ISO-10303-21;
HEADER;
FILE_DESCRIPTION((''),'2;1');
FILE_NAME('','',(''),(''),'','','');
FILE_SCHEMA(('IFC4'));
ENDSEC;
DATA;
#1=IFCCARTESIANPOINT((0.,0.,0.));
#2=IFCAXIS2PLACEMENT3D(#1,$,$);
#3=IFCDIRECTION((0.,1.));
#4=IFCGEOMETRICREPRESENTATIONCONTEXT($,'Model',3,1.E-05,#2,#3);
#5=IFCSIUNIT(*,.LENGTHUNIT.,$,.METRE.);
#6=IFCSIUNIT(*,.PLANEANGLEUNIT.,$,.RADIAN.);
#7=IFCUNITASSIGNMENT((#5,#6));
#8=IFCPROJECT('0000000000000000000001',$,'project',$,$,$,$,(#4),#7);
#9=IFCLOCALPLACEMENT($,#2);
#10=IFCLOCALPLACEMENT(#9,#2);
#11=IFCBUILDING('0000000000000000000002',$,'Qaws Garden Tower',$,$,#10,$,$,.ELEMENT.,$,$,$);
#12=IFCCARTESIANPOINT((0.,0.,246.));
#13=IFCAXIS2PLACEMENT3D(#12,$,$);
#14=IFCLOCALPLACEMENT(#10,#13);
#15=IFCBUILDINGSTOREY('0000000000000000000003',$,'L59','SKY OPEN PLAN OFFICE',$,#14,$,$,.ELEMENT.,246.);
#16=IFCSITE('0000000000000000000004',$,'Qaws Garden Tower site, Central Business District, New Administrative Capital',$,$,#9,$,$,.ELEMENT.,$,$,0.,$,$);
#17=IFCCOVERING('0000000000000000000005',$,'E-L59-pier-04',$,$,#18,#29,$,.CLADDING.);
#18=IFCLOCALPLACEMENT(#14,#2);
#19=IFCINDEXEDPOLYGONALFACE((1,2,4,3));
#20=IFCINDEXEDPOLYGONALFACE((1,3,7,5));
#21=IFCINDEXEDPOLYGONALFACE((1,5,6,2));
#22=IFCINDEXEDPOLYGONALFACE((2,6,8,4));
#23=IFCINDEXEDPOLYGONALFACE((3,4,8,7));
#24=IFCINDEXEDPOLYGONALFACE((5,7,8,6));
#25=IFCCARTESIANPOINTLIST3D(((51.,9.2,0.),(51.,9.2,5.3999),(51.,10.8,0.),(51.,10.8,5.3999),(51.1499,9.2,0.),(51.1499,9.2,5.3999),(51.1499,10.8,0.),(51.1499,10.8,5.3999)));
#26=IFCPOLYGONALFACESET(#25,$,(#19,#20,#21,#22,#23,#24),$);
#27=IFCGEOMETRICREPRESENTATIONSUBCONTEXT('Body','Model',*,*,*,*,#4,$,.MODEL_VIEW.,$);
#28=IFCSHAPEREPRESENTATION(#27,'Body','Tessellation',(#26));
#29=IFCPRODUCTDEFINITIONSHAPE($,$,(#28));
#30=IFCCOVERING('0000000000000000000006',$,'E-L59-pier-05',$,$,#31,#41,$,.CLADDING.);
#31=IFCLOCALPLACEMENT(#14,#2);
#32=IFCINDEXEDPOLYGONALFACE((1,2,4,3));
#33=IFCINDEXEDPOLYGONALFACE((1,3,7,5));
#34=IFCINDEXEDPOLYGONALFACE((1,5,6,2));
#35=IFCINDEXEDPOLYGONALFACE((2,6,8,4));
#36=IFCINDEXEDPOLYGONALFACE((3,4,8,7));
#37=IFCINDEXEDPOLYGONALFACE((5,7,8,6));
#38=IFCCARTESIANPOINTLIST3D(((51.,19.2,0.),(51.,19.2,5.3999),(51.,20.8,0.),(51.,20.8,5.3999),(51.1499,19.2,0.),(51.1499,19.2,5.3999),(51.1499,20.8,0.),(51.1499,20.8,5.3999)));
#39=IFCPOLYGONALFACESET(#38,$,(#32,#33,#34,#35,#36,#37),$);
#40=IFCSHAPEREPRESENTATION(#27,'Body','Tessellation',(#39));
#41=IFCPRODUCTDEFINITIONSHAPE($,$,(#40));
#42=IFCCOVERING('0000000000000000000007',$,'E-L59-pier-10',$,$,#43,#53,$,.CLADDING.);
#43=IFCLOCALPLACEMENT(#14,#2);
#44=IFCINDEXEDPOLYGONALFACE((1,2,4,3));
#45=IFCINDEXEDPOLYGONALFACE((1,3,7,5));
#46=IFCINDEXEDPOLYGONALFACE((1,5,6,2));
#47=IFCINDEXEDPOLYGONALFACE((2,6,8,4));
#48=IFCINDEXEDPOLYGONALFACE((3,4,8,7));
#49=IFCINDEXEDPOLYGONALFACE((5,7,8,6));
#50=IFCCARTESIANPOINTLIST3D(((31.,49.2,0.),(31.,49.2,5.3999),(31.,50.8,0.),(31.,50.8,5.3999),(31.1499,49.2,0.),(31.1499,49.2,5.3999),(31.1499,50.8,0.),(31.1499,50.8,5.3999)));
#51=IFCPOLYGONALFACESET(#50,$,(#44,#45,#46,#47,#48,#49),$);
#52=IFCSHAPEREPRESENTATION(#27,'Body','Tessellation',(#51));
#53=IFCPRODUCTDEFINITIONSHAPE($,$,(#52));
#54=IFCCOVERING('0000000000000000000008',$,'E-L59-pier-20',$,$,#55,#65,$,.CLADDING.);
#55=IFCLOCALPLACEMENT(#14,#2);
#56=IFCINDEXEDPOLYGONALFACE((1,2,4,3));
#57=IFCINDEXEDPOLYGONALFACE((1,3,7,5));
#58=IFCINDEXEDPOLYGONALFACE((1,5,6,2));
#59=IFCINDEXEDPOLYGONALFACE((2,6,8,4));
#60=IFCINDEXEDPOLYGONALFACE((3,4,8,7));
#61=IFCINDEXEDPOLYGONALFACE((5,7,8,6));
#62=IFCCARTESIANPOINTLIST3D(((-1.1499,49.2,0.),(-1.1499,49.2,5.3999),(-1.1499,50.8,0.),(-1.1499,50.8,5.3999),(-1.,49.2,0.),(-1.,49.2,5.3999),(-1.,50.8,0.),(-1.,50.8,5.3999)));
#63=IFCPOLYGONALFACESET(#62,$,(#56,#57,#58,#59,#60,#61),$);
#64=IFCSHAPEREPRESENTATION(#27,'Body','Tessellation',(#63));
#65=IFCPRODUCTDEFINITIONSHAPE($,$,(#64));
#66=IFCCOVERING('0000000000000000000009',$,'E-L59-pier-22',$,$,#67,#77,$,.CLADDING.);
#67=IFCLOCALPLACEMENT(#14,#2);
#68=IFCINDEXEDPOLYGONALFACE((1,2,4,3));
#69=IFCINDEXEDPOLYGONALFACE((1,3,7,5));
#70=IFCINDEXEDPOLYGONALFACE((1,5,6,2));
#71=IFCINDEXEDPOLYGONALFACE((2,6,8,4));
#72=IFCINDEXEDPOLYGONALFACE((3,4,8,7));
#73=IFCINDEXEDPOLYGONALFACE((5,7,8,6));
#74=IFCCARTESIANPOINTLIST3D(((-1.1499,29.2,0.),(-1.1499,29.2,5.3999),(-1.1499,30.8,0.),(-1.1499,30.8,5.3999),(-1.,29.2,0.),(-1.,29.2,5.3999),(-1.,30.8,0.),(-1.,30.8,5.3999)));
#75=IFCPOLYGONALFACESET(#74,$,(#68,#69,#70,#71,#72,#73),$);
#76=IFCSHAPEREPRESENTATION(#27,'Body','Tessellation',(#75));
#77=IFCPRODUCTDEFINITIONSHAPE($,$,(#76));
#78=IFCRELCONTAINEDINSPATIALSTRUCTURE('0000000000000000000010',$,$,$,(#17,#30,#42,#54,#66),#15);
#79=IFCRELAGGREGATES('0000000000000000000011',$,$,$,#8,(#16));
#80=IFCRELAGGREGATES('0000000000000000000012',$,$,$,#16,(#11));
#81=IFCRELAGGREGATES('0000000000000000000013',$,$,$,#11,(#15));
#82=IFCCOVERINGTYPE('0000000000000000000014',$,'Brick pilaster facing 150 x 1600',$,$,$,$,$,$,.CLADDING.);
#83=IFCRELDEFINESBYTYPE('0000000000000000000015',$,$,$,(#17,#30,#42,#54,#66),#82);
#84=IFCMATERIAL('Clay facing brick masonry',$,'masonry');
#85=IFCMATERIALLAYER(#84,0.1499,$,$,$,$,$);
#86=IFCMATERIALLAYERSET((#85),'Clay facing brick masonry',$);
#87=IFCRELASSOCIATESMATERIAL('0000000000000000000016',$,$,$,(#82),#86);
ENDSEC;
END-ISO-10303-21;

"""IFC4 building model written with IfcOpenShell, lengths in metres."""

from ifc_helpers import new_model, si_unit, direction, frame, origin, place, context, subcontext, project, spatial, polyline, outline, extrude, material, layer, layer_set, type_object, element, save


model = new_model("IFC4")

# Units and contexts
model_context = context("Model", 3, precision=1e-05, world=origin(), true_north=direction((0.0, 1.0)))
body_context = subcontext(model_context, "Body", "Model", "MODEL_VIEW")
ifc_project = project(units=[si_unit("LENGTHUNIT", "METRE"), si_unit("PLANEANGLEUNIT", "RADIAN")], contexts=[model_context])

# Site, building, storey
site_placement = place(None, origin())
site = spatial("IfcSite", under=ifc_project, at=site_placement, Name="Qaws Garden Tower site, Central Business District, New Administrative Capital", CompositionType="ELEMENT", RefElevation=0.0)
building_placement = place(site_placement, origin())
building = spatial("IfcBuilding", under=site, at=building_placement, Name="Qaws Garden Tower", CompositionType="ELEMENT")
storey_placement = place(building_placement, frame((0.0, 0.0, 246.0)))
storey = spatial("IfcBuildingStorey", under=building, at=storey_placement, Name="L59", Description="SKY OPEN PLAN OFFICE", CompositionType="ELEMENT", Elevation=246.0)

# Shared definitions
placement_1 = place(storey_placement, origin())

# Coverings
ifc_material_1 = material(Name="Clay facing brick masonry", Category="masonry")
ifc_layer_1 = layer(ifc_material_1, 0.1499)
ifc_layer_set_1 = layer_set([ifc_layer_1], Name="Clay facing brick masonry")
covering_type = type_object("IfcCoveringType", Name="Brick pilaster facing 150 x 1600", PredefinedType="CLADDING", material=ifc_layer_set_1)
element("IfcCovering", 1, at=placement_1, inside=storey, type_object=covering_type, Name="E-L59-pier-04", PredefinedType="CLADDING", context=body_context, shape_type="SweptSolid", body=[
    extrude(outline(polyline([(51.0, 9.2), (51.0, 10.8), (51.1499, 10.8), (51.1499, 9.2), (51.0, 9.2)])), origin(), (0.0, 0.0, 1.0), 5.3999),
])
element("IfcCovering", 2, at=placement_1, inside=storey, type_object=covering_type, Name="E-L59-pier-05", PredefinedType="CLADDING", context=body_context, shape_type="SweptSolid", body=[
    extrude(outline(polyline([(51.0, 19.2), (51.0, 20.8), (51.1499, 20.8), (51.1499, 19.2), (51.0, 19.2)])), origin(), (0.0, 0.0, 1.0), 5.3999),
])
element("IfcCovering", 3, at=placement_1, inside=storey, type_object=covering_type, Name="E-L59-pier-10", PredefinedType="CLADDING", context=body_context, shape_type="SweptSolid", body=[
    extrude(outline(polyline([(31.0, 49.2), (31.0, 50.8), (31.1499, 50.8), (31.1499, 49.2), (31.0, 49.2)])), origin(), (0.0, 0.0, 1.0), 5.3999),
])
element("IfcCovering", 4, at=placement_1, inside=storey, type_object=covering_type, Name="E-L59-pier-20", PredefinedType="CLADDING", context=body_context, shape_type="SweptSolid", body=[
    extrude(outline(polyline([(-1.0, 50.8), (-1.0, 49.2), (-1.1499, 49.2), (-1.1499, 50.8), (-1.0, 50.8)])), origin(), (0.0, 0.0, 1.0), 5.3999),
])
element("IfcCovering", 5, at=placement_1, inside=storey, type_object=covering_type, Name="E-L59-pier-22", PredefinedType="CLADDING", context=body_context, shape_type="SweptSolid", body=[
    extrude(outline(polyline([(-1.0, 30.8), (-1.0, 29.2), (-1.1499, 29.2), (-1.1499, 30.8), (-1.0, 30.8)])), origin(), (0.0, 0.0, 1.0), 5.3999),
])

save(model, "model.ifc")
